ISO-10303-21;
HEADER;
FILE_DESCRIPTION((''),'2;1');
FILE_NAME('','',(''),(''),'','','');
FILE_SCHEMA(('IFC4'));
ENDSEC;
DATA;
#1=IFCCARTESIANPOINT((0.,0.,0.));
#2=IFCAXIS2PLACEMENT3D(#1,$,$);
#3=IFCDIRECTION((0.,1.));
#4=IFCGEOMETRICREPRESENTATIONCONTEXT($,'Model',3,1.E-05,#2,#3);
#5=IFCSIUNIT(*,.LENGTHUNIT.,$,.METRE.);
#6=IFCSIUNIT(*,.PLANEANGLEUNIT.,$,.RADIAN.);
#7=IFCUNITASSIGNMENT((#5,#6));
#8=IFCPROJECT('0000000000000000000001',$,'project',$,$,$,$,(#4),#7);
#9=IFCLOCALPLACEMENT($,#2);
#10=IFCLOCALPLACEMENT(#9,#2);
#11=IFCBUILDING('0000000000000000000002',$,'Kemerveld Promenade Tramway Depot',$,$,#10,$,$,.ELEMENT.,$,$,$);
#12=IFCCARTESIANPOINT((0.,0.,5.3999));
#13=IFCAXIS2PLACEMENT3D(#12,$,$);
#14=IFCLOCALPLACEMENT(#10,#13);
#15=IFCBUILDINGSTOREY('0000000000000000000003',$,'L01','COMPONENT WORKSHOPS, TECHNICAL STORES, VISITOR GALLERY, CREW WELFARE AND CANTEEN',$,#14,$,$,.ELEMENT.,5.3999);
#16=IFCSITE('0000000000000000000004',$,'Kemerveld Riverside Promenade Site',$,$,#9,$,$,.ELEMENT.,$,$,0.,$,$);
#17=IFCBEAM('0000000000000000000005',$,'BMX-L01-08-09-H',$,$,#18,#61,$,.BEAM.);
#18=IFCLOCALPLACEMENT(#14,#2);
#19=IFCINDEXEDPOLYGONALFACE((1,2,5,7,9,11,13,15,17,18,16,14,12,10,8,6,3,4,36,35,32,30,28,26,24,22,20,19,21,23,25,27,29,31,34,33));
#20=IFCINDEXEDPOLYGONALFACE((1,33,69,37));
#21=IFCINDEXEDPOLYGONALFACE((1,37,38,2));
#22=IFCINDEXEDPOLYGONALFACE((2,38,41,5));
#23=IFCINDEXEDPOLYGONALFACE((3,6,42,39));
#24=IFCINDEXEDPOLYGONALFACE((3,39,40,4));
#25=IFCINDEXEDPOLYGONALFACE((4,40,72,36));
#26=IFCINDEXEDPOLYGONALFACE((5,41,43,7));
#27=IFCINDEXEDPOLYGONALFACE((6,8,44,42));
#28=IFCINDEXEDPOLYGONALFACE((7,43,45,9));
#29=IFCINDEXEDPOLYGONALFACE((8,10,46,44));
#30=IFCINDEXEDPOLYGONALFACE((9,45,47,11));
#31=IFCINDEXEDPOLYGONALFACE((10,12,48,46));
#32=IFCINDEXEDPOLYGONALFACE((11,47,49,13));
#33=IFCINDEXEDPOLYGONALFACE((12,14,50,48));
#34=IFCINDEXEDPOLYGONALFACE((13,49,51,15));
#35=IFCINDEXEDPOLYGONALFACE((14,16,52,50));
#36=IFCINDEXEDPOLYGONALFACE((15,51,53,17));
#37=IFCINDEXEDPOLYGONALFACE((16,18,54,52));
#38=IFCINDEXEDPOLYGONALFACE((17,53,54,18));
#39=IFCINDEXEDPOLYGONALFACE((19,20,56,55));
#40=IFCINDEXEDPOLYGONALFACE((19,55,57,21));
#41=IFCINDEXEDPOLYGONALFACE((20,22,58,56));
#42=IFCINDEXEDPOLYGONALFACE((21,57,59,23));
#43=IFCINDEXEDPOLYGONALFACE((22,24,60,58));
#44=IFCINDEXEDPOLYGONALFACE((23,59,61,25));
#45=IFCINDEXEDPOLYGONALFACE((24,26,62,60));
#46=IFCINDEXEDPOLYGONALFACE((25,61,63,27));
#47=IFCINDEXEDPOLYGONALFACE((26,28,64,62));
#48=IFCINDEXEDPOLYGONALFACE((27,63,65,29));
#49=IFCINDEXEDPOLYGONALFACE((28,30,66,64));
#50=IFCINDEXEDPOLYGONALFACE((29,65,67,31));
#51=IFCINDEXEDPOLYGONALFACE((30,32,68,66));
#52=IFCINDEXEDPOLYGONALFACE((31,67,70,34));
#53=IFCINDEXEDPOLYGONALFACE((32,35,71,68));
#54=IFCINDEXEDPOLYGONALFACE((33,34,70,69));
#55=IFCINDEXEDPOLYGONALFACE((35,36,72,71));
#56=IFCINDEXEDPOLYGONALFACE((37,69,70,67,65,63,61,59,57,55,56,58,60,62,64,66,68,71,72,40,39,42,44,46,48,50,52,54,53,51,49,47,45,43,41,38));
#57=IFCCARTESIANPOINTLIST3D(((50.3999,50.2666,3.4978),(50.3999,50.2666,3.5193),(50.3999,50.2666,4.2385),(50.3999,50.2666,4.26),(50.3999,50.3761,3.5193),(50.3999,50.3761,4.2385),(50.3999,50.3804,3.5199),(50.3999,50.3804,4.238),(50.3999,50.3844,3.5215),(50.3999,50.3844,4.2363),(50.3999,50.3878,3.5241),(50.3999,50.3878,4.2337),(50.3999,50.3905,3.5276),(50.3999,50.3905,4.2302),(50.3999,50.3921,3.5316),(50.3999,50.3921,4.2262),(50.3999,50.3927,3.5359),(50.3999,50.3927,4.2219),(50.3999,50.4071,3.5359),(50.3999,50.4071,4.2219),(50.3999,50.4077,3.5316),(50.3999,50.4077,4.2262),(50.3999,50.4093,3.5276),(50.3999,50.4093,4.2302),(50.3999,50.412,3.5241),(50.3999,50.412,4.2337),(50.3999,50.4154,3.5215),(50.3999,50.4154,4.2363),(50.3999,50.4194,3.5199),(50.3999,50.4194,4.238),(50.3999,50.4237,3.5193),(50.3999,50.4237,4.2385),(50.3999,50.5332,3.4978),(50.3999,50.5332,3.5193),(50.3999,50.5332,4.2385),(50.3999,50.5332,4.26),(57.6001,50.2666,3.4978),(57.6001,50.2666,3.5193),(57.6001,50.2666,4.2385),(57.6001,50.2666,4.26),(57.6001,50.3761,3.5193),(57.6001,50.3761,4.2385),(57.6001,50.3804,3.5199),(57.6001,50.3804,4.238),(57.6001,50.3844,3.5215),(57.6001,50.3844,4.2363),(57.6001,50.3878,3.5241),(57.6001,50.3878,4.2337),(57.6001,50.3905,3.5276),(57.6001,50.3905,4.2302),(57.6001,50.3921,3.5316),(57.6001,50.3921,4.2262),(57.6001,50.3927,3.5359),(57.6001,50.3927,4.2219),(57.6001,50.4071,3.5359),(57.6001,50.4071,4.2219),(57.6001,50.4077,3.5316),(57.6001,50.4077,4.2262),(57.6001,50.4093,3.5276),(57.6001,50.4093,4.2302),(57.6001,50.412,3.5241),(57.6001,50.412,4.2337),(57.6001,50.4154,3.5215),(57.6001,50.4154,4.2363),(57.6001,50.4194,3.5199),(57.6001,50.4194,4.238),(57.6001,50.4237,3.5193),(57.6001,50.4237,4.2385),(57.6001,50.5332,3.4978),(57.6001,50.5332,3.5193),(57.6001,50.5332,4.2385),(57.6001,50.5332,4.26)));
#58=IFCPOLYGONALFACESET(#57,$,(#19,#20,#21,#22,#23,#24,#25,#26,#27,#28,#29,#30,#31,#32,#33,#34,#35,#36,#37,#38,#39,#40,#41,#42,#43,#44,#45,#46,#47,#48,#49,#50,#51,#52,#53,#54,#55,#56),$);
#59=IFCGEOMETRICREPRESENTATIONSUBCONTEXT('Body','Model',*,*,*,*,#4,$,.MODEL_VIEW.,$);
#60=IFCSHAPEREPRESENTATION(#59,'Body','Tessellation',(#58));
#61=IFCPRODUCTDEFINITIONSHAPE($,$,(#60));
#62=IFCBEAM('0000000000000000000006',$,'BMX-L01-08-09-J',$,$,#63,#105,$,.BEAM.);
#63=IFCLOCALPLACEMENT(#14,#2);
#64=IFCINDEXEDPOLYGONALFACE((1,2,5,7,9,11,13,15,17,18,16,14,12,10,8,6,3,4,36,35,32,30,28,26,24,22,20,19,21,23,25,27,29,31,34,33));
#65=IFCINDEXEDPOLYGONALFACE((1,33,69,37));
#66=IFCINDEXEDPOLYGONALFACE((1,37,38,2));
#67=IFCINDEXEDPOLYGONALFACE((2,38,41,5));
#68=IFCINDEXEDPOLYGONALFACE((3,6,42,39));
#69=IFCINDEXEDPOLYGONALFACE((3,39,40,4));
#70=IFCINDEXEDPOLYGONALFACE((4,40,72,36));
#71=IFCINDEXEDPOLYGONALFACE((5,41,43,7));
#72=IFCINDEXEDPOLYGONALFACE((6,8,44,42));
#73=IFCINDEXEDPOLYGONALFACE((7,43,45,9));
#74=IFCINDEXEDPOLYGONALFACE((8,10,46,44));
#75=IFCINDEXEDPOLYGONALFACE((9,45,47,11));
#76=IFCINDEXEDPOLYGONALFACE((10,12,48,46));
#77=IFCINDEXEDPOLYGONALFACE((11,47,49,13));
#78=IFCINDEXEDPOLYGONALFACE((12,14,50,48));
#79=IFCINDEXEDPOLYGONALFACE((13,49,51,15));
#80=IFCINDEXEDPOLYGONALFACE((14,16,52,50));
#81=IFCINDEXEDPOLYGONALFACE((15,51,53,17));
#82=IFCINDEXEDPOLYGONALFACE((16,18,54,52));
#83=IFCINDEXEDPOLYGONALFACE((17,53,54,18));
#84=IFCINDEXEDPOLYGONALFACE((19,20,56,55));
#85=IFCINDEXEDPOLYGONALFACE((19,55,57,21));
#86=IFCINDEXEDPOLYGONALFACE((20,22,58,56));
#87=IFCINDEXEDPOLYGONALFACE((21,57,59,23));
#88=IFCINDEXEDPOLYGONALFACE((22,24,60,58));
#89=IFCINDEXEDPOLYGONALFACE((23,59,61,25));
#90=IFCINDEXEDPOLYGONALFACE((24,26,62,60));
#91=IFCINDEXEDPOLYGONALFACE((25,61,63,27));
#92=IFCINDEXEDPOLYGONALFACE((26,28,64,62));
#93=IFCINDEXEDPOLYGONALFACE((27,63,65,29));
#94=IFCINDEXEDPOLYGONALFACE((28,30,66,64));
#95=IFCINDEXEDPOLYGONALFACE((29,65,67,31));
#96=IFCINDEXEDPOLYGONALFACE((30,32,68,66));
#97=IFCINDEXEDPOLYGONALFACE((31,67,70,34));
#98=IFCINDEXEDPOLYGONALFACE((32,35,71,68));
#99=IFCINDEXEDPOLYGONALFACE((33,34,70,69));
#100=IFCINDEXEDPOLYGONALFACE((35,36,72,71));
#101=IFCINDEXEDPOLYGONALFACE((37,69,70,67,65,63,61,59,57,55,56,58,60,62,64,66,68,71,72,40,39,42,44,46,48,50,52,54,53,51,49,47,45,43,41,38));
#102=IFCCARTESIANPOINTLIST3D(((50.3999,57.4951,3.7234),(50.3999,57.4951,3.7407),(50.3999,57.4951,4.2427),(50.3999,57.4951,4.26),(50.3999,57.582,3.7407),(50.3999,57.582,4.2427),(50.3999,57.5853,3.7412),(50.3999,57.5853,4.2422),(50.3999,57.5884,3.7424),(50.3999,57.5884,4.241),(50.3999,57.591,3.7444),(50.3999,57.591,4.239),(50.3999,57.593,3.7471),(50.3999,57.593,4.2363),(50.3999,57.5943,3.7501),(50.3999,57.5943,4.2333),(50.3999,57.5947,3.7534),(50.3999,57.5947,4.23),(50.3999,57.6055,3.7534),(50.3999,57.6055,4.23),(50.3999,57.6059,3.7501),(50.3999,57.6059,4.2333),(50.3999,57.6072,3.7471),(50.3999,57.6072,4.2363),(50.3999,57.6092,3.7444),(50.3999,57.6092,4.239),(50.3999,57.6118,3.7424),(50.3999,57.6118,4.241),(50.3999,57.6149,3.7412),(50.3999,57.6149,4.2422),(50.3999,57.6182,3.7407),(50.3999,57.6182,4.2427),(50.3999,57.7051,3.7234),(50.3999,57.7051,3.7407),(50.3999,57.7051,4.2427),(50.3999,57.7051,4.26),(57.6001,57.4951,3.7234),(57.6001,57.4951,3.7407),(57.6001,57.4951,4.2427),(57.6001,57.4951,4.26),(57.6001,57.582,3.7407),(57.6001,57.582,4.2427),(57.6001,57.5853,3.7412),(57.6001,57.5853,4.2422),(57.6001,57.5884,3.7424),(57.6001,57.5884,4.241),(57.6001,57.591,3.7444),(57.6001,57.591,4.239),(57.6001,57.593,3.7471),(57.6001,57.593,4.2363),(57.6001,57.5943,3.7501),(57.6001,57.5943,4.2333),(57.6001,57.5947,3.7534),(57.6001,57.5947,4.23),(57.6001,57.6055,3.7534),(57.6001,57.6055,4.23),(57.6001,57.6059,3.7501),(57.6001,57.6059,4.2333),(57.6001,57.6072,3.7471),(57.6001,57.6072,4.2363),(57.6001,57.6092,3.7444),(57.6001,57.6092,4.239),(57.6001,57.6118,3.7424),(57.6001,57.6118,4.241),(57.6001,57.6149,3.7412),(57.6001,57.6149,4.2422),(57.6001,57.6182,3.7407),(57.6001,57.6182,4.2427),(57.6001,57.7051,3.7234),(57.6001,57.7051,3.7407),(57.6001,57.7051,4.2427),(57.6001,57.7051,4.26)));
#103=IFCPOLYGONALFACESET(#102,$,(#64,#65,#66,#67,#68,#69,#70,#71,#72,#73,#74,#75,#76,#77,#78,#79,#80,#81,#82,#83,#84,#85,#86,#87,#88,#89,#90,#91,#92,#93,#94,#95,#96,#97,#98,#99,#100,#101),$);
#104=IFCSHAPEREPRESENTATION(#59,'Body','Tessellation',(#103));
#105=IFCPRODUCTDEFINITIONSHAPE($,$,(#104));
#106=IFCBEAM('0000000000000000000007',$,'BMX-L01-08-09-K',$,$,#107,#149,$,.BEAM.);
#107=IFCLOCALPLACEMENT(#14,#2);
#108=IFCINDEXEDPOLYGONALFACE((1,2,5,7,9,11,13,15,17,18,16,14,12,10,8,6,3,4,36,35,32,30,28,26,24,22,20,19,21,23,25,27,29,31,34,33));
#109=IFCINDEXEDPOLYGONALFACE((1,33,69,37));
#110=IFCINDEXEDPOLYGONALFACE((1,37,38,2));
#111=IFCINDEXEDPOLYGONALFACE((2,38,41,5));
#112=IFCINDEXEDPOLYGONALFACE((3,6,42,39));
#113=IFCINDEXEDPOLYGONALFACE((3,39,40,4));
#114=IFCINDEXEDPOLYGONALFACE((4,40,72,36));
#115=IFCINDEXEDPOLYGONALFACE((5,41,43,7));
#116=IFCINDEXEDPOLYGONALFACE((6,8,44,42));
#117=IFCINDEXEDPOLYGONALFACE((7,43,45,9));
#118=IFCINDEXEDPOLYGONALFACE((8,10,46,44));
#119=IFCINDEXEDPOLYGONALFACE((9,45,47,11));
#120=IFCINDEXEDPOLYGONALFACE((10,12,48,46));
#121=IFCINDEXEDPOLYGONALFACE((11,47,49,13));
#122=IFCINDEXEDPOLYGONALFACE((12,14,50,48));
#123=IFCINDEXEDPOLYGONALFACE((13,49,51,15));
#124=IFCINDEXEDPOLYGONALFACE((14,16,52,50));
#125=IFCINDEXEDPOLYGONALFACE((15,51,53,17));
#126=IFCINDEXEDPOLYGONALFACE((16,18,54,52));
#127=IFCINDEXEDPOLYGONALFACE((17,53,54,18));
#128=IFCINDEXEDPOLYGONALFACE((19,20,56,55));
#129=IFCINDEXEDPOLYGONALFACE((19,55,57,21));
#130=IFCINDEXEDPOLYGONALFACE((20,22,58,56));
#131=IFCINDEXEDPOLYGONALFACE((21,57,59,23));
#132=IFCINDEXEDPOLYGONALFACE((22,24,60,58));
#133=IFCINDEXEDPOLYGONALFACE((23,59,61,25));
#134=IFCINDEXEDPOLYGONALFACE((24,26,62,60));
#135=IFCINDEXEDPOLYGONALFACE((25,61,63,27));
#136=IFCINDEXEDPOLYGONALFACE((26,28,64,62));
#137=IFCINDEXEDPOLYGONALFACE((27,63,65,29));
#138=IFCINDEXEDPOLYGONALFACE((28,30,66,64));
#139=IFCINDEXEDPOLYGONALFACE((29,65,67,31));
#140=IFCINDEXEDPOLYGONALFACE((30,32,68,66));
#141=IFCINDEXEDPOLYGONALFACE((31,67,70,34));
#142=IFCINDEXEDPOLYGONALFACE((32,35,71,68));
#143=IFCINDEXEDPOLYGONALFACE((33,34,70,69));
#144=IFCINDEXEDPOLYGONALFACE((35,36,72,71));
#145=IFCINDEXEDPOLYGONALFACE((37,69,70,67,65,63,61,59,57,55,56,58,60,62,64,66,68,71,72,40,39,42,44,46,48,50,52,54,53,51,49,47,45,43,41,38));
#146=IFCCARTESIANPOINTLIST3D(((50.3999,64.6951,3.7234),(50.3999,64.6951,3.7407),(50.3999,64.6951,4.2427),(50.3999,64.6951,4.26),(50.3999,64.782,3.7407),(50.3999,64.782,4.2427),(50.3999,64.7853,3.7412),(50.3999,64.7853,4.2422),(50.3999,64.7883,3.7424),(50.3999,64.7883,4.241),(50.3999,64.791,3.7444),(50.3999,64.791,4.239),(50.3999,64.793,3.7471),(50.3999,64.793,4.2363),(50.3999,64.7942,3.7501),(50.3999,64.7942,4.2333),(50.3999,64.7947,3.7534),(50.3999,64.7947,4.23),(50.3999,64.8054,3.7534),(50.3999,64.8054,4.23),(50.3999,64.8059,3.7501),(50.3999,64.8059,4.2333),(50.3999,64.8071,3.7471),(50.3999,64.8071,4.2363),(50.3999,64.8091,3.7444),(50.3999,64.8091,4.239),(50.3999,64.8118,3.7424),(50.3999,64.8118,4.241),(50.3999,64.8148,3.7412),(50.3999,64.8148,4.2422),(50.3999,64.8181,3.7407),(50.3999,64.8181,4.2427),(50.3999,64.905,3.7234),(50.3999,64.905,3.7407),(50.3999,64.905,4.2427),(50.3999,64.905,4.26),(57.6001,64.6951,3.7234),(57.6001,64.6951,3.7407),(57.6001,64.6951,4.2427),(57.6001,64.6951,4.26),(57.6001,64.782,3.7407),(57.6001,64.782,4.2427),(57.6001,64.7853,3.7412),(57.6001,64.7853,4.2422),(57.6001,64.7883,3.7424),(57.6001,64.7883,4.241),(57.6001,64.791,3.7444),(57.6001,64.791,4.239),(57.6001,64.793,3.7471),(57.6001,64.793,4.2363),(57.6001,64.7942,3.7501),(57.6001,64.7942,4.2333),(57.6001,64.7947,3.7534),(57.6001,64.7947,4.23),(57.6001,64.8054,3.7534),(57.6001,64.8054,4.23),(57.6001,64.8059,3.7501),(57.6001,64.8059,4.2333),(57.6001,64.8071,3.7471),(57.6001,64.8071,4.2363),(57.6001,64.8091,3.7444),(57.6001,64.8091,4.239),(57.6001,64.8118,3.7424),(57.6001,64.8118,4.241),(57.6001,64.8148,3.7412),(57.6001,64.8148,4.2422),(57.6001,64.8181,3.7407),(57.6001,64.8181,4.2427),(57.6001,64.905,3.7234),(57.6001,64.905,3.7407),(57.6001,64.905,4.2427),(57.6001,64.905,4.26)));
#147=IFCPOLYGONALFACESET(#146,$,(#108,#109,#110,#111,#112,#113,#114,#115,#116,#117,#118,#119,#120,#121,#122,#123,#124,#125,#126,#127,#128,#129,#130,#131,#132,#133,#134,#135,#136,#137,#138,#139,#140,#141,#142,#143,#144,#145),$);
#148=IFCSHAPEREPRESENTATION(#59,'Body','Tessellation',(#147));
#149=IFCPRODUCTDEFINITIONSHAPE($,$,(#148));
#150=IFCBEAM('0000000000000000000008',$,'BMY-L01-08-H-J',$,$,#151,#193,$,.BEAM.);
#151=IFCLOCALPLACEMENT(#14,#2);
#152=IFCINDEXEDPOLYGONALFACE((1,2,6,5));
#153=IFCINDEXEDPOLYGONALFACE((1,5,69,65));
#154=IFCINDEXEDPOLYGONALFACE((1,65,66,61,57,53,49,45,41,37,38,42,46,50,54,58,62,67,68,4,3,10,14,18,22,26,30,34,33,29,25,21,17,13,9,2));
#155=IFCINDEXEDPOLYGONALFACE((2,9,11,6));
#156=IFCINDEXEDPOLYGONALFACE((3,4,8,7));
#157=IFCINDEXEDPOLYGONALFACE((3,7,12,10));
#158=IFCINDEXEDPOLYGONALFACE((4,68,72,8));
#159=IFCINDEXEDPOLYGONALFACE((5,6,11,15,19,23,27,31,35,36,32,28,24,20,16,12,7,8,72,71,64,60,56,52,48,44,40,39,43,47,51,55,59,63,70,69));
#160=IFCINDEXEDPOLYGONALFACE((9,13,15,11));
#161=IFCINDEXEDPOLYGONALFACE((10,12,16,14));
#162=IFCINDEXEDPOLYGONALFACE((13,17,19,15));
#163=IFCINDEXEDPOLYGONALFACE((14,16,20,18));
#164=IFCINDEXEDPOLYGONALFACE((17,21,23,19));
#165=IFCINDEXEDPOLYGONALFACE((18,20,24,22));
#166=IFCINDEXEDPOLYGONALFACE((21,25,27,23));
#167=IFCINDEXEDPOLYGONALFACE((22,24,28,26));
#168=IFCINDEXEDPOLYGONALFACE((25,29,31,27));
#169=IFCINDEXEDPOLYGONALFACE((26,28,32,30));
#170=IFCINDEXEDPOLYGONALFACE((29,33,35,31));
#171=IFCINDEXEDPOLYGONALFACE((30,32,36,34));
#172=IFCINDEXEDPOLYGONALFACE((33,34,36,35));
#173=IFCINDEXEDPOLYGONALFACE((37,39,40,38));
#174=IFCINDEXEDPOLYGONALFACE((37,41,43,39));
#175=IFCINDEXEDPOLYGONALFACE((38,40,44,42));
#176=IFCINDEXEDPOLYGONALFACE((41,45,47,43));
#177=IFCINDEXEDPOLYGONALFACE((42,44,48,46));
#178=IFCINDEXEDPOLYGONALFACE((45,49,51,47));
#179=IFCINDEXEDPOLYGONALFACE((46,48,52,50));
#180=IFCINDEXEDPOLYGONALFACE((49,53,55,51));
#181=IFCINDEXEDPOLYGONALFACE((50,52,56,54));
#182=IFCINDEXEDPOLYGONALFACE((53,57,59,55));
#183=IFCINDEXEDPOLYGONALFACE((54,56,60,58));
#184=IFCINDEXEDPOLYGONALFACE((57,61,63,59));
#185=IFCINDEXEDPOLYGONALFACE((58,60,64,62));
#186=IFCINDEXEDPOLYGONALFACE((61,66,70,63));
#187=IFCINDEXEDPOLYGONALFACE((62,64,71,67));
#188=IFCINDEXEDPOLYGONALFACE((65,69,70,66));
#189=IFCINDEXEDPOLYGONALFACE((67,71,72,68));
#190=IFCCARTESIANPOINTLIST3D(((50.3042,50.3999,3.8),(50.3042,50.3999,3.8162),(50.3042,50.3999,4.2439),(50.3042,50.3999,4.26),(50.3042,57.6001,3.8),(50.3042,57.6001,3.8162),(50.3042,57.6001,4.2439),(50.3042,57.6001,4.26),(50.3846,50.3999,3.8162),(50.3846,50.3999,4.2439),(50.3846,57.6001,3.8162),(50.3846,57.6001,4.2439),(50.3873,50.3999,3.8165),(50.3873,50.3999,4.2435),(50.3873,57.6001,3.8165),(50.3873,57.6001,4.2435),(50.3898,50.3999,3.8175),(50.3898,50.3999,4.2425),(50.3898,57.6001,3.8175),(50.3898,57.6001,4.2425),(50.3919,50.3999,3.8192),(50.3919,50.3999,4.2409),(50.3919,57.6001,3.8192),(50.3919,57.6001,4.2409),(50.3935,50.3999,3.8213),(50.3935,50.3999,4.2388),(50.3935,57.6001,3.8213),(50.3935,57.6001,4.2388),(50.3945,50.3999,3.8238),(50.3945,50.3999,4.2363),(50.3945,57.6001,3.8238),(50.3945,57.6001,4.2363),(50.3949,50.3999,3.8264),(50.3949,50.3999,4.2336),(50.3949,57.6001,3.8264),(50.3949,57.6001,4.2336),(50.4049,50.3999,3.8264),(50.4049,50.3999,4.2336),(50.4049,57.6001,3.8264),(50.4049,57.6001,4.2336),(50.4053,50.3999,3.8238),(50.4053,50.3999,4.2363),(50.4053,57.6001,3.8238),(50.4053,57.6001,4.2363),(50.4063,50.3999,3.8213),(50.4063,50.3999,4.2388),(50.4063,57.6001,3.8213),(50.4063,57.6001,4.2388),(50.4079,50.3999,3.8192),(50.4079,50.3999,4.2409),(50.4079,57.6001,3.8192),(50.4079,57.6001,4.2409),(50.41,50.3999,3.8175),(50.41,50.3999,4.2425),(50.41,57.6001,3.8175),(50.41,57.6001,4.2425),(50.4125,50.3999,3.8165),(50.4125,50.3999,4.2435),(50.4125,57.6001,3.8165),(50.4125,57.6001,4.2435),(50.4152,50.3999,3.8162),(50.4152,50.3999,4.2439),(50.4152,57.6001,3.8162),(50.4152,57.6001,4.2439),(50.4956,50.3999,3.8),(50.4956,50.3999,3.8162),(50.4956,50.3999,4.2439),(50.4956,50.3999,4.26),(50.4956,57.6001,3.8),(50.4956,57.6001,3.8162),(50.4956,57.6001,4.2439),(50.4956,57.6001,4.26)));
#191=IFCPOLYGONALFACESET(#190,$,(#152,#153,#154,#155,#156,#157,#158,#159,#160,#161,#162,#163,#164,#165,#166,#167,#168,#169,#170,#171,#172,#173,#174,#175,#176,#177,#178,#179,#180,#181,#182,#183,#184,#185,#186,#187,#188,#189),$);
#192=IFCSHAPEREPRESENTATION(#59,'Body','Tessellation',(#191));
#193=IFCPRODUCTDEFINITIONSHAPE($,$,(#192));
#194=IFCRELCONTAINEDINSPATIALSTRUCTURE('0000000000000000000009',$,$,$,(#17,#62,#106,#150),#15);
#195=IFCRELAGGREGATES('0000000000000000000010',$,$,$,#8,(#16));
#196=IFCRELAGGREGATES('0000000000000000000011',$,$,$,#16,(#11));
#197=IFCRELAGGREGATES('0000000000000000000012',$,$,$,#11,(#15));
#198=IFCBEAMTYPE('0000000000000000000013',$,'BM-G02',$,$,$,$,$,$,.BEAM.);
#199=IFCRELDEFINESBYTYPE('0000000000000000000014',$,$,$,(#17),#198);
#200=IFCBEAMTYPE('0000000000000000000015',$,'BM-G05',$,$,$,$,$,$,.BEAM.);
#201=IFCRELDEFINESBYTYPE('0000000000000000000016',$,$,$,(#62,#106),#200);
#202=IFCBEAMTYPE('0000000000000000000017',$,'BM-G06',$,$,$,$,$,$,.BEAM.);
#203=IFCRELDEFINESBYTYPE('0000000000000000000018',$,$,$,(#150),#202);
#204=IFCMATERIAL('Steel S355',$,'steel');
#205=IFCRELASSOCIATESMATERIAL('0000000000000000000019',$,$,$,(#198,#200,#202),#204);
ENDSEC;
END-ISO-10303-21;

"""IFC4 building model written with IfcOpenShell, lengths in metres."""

from ifc_helpers import new_model, si_unit, direction, frame, origin, origin_2d, place, context, subcontext, project, spatial, i_section, extrude, material, material_profile, profile_set, type_object, element, save


model = new_model("IFC4")

# Units and contexts
model_context = context("Model", 3, precision=1e-05, world=origin(), true_north=direction((0.0, 1.0)))
body_context = subcontext(model_context, "Body", "Model", "MODEL_VIEW")
ifc_project = project(units=[si_unit("LENGTHUNIT", "METRE"), si_unit("PLANEANGLEUNIT", "RADIAN")], contexts=[model_context])

# Site, building, storey
site_placement = place(None, origin())
site = spatial("IfcSite", under=ifc_project, at=site_placement, Name="Kemerveld Riverside Promenade Site", CompositionType="ELEMENT", RefElevation=0.0)
building_placement = place(site_placement, origin())
building = spatial("IfcBuilding", under=site, at=building_placement, Name="Kemerveld Promenade Tramway Depot", CompositionType="ELEMENT")
storey_placement = place(building_placement, frame((0.0, 0.0, 5.3999)))
storey = spatial("IfcBuildingStorey", under=building, at=storey_placement, Name="L01", Description="COMPONENT WORKSHOPS, TECHNICAL STORES, VISITOR GALLERY, CREW WELFARE AND CANTEEN", CompositionType="ELEMENT", Elevation=5.3999)

# Shared definitions
ifc_material_1 = material(Name="Steel S355", Category="steel")

# Beams
ifc_material_profile_1 = material_profile(ifc_material_1, i_section(OverallWidth=0.2666, OverallDepth=0.7622, WebThickness=0.0144, FlangeThickness=0.0215, FilletRadius=0.0166, at=origin_2d()), Name="762x267x173 UB")
ifc_profile_set_1 = profile_set([ifc_material_profile_1], Name="Steel S355")
beam_type_1 = type_object("IfcBeamType", Name="BM-G02", PredefinedType="BEAM", material=ifc_profile_set_1)
beam_1_placement = place(storey_placement, frame((50.3999, 50.3999, 3.8789), z_axis=(1.0, 0.0, 0.0), x_axis=(0.0, 1.0, 0.0)))
element("IfcBeam", 1, at=beam_1_placement, inside=storey, type_object=beam_type_1, Name="BMX-L01-08-09-H", PredefinedType="BEAM", context=body_context, shape_type="SweptSolid", body=[
    extrude(i_section(OverallWidth=0.2666, OverallDepth=0.7622, WebThickness=0.0144, FlangeThickness=0.0215, FilletRadius=0.0166, at=origin_2d()), origin(), (0.0, 0.0, 1.0), 7.2002),
])
ifc_material_profile_2 = material_profile(ifc_material_1, i_section(OverallWidth=0.21, OverallDepth=0.5366, WebThickness=0.0107, FlangeThickness=0.0173, FilletRadius=0.0127, at=origin_2d()), Name="533x210x101 UB")
ifc_profile_set_2 = profile_set([ifc_material_profile_2], Name="Steel S355")
beam_type_2 = type_object("IfcBeamType", Name="BM-G05", PredefinedType="BEAM", material=ifc_profile_set_2)
for number, where, z_axis, x_axis, name in (
    (2, (50.3999, 57.6001, 3.9917), (1.0, 0.0, 0.0), (0.0, 1.0, 0.0), "BMX-L01-08-09-J"),
    (3, (50.3999, 64.8, 3.9917), (1.0, 0.0, 0.0), (0.0, 1.0, 0.0), "BMX-L01-08-09-K"),
):
    element("IfcBeam", number, at=place(storey_placement, frame(where, z_axis=z_axis, x_axis=x_axis)), inside=storey, type_object=beam_type_2, Name=name, PredefinedType="BEAM", context=body_context, shape_type="SweptSolid", body=[
        extrude(i_section(OverallWidth=0.21, OverallDepth=0.5366, WebThickness=0.0107, FlangeThickness=0.0173, FilletRadius=0.0127, at=origin_2d()), origin(), (0.0, 0.0, 1.0), 7.2002),
    ])
ifc_material_profile_3 = material_profile(ifc_material_1, i_section(OverallWidth=0.1914, OverallDepth=0.46, WebThickness=0.01, FlangeThickness=0.0161, FilletRadius=0.0103, at=origin_2d()), Name="457x191x82 UB")
ifc_profile_set_3 = profile_set([ifc_material_profile_3], Name="Steel S355")
beam_type_3 = type_object("IfcBeamType", Name="BM-G06", PredefinedType="BEAM", material=ifc_profile_set_3)
beam_2_placement = place(storey_placement, frame((50.3999, 50.3999, 4.03), z_axis=(0.0, 1.0, 0.0), x_axis=(-1.0, 0.0, 0.0)))
element("IfcBeam", 4, at=beam_2_placement, inside=storey, type_object=beam_type_3, Name="BMY-L01-08-H-J", PredefinedType="BEAM", context=body_context, shape_type="SweptSolid", body=[
    extrude(i_section(OverallWidth=0.1914, OverallDepth=0.46, WebThickness=0.01, FlangeThickness=0.0161, FilletRadius=0.0103, at=origin_2d()), origin(), (0.0, 0.0, 1.0), 7.2002),
])

save(model, "model.ifc")
